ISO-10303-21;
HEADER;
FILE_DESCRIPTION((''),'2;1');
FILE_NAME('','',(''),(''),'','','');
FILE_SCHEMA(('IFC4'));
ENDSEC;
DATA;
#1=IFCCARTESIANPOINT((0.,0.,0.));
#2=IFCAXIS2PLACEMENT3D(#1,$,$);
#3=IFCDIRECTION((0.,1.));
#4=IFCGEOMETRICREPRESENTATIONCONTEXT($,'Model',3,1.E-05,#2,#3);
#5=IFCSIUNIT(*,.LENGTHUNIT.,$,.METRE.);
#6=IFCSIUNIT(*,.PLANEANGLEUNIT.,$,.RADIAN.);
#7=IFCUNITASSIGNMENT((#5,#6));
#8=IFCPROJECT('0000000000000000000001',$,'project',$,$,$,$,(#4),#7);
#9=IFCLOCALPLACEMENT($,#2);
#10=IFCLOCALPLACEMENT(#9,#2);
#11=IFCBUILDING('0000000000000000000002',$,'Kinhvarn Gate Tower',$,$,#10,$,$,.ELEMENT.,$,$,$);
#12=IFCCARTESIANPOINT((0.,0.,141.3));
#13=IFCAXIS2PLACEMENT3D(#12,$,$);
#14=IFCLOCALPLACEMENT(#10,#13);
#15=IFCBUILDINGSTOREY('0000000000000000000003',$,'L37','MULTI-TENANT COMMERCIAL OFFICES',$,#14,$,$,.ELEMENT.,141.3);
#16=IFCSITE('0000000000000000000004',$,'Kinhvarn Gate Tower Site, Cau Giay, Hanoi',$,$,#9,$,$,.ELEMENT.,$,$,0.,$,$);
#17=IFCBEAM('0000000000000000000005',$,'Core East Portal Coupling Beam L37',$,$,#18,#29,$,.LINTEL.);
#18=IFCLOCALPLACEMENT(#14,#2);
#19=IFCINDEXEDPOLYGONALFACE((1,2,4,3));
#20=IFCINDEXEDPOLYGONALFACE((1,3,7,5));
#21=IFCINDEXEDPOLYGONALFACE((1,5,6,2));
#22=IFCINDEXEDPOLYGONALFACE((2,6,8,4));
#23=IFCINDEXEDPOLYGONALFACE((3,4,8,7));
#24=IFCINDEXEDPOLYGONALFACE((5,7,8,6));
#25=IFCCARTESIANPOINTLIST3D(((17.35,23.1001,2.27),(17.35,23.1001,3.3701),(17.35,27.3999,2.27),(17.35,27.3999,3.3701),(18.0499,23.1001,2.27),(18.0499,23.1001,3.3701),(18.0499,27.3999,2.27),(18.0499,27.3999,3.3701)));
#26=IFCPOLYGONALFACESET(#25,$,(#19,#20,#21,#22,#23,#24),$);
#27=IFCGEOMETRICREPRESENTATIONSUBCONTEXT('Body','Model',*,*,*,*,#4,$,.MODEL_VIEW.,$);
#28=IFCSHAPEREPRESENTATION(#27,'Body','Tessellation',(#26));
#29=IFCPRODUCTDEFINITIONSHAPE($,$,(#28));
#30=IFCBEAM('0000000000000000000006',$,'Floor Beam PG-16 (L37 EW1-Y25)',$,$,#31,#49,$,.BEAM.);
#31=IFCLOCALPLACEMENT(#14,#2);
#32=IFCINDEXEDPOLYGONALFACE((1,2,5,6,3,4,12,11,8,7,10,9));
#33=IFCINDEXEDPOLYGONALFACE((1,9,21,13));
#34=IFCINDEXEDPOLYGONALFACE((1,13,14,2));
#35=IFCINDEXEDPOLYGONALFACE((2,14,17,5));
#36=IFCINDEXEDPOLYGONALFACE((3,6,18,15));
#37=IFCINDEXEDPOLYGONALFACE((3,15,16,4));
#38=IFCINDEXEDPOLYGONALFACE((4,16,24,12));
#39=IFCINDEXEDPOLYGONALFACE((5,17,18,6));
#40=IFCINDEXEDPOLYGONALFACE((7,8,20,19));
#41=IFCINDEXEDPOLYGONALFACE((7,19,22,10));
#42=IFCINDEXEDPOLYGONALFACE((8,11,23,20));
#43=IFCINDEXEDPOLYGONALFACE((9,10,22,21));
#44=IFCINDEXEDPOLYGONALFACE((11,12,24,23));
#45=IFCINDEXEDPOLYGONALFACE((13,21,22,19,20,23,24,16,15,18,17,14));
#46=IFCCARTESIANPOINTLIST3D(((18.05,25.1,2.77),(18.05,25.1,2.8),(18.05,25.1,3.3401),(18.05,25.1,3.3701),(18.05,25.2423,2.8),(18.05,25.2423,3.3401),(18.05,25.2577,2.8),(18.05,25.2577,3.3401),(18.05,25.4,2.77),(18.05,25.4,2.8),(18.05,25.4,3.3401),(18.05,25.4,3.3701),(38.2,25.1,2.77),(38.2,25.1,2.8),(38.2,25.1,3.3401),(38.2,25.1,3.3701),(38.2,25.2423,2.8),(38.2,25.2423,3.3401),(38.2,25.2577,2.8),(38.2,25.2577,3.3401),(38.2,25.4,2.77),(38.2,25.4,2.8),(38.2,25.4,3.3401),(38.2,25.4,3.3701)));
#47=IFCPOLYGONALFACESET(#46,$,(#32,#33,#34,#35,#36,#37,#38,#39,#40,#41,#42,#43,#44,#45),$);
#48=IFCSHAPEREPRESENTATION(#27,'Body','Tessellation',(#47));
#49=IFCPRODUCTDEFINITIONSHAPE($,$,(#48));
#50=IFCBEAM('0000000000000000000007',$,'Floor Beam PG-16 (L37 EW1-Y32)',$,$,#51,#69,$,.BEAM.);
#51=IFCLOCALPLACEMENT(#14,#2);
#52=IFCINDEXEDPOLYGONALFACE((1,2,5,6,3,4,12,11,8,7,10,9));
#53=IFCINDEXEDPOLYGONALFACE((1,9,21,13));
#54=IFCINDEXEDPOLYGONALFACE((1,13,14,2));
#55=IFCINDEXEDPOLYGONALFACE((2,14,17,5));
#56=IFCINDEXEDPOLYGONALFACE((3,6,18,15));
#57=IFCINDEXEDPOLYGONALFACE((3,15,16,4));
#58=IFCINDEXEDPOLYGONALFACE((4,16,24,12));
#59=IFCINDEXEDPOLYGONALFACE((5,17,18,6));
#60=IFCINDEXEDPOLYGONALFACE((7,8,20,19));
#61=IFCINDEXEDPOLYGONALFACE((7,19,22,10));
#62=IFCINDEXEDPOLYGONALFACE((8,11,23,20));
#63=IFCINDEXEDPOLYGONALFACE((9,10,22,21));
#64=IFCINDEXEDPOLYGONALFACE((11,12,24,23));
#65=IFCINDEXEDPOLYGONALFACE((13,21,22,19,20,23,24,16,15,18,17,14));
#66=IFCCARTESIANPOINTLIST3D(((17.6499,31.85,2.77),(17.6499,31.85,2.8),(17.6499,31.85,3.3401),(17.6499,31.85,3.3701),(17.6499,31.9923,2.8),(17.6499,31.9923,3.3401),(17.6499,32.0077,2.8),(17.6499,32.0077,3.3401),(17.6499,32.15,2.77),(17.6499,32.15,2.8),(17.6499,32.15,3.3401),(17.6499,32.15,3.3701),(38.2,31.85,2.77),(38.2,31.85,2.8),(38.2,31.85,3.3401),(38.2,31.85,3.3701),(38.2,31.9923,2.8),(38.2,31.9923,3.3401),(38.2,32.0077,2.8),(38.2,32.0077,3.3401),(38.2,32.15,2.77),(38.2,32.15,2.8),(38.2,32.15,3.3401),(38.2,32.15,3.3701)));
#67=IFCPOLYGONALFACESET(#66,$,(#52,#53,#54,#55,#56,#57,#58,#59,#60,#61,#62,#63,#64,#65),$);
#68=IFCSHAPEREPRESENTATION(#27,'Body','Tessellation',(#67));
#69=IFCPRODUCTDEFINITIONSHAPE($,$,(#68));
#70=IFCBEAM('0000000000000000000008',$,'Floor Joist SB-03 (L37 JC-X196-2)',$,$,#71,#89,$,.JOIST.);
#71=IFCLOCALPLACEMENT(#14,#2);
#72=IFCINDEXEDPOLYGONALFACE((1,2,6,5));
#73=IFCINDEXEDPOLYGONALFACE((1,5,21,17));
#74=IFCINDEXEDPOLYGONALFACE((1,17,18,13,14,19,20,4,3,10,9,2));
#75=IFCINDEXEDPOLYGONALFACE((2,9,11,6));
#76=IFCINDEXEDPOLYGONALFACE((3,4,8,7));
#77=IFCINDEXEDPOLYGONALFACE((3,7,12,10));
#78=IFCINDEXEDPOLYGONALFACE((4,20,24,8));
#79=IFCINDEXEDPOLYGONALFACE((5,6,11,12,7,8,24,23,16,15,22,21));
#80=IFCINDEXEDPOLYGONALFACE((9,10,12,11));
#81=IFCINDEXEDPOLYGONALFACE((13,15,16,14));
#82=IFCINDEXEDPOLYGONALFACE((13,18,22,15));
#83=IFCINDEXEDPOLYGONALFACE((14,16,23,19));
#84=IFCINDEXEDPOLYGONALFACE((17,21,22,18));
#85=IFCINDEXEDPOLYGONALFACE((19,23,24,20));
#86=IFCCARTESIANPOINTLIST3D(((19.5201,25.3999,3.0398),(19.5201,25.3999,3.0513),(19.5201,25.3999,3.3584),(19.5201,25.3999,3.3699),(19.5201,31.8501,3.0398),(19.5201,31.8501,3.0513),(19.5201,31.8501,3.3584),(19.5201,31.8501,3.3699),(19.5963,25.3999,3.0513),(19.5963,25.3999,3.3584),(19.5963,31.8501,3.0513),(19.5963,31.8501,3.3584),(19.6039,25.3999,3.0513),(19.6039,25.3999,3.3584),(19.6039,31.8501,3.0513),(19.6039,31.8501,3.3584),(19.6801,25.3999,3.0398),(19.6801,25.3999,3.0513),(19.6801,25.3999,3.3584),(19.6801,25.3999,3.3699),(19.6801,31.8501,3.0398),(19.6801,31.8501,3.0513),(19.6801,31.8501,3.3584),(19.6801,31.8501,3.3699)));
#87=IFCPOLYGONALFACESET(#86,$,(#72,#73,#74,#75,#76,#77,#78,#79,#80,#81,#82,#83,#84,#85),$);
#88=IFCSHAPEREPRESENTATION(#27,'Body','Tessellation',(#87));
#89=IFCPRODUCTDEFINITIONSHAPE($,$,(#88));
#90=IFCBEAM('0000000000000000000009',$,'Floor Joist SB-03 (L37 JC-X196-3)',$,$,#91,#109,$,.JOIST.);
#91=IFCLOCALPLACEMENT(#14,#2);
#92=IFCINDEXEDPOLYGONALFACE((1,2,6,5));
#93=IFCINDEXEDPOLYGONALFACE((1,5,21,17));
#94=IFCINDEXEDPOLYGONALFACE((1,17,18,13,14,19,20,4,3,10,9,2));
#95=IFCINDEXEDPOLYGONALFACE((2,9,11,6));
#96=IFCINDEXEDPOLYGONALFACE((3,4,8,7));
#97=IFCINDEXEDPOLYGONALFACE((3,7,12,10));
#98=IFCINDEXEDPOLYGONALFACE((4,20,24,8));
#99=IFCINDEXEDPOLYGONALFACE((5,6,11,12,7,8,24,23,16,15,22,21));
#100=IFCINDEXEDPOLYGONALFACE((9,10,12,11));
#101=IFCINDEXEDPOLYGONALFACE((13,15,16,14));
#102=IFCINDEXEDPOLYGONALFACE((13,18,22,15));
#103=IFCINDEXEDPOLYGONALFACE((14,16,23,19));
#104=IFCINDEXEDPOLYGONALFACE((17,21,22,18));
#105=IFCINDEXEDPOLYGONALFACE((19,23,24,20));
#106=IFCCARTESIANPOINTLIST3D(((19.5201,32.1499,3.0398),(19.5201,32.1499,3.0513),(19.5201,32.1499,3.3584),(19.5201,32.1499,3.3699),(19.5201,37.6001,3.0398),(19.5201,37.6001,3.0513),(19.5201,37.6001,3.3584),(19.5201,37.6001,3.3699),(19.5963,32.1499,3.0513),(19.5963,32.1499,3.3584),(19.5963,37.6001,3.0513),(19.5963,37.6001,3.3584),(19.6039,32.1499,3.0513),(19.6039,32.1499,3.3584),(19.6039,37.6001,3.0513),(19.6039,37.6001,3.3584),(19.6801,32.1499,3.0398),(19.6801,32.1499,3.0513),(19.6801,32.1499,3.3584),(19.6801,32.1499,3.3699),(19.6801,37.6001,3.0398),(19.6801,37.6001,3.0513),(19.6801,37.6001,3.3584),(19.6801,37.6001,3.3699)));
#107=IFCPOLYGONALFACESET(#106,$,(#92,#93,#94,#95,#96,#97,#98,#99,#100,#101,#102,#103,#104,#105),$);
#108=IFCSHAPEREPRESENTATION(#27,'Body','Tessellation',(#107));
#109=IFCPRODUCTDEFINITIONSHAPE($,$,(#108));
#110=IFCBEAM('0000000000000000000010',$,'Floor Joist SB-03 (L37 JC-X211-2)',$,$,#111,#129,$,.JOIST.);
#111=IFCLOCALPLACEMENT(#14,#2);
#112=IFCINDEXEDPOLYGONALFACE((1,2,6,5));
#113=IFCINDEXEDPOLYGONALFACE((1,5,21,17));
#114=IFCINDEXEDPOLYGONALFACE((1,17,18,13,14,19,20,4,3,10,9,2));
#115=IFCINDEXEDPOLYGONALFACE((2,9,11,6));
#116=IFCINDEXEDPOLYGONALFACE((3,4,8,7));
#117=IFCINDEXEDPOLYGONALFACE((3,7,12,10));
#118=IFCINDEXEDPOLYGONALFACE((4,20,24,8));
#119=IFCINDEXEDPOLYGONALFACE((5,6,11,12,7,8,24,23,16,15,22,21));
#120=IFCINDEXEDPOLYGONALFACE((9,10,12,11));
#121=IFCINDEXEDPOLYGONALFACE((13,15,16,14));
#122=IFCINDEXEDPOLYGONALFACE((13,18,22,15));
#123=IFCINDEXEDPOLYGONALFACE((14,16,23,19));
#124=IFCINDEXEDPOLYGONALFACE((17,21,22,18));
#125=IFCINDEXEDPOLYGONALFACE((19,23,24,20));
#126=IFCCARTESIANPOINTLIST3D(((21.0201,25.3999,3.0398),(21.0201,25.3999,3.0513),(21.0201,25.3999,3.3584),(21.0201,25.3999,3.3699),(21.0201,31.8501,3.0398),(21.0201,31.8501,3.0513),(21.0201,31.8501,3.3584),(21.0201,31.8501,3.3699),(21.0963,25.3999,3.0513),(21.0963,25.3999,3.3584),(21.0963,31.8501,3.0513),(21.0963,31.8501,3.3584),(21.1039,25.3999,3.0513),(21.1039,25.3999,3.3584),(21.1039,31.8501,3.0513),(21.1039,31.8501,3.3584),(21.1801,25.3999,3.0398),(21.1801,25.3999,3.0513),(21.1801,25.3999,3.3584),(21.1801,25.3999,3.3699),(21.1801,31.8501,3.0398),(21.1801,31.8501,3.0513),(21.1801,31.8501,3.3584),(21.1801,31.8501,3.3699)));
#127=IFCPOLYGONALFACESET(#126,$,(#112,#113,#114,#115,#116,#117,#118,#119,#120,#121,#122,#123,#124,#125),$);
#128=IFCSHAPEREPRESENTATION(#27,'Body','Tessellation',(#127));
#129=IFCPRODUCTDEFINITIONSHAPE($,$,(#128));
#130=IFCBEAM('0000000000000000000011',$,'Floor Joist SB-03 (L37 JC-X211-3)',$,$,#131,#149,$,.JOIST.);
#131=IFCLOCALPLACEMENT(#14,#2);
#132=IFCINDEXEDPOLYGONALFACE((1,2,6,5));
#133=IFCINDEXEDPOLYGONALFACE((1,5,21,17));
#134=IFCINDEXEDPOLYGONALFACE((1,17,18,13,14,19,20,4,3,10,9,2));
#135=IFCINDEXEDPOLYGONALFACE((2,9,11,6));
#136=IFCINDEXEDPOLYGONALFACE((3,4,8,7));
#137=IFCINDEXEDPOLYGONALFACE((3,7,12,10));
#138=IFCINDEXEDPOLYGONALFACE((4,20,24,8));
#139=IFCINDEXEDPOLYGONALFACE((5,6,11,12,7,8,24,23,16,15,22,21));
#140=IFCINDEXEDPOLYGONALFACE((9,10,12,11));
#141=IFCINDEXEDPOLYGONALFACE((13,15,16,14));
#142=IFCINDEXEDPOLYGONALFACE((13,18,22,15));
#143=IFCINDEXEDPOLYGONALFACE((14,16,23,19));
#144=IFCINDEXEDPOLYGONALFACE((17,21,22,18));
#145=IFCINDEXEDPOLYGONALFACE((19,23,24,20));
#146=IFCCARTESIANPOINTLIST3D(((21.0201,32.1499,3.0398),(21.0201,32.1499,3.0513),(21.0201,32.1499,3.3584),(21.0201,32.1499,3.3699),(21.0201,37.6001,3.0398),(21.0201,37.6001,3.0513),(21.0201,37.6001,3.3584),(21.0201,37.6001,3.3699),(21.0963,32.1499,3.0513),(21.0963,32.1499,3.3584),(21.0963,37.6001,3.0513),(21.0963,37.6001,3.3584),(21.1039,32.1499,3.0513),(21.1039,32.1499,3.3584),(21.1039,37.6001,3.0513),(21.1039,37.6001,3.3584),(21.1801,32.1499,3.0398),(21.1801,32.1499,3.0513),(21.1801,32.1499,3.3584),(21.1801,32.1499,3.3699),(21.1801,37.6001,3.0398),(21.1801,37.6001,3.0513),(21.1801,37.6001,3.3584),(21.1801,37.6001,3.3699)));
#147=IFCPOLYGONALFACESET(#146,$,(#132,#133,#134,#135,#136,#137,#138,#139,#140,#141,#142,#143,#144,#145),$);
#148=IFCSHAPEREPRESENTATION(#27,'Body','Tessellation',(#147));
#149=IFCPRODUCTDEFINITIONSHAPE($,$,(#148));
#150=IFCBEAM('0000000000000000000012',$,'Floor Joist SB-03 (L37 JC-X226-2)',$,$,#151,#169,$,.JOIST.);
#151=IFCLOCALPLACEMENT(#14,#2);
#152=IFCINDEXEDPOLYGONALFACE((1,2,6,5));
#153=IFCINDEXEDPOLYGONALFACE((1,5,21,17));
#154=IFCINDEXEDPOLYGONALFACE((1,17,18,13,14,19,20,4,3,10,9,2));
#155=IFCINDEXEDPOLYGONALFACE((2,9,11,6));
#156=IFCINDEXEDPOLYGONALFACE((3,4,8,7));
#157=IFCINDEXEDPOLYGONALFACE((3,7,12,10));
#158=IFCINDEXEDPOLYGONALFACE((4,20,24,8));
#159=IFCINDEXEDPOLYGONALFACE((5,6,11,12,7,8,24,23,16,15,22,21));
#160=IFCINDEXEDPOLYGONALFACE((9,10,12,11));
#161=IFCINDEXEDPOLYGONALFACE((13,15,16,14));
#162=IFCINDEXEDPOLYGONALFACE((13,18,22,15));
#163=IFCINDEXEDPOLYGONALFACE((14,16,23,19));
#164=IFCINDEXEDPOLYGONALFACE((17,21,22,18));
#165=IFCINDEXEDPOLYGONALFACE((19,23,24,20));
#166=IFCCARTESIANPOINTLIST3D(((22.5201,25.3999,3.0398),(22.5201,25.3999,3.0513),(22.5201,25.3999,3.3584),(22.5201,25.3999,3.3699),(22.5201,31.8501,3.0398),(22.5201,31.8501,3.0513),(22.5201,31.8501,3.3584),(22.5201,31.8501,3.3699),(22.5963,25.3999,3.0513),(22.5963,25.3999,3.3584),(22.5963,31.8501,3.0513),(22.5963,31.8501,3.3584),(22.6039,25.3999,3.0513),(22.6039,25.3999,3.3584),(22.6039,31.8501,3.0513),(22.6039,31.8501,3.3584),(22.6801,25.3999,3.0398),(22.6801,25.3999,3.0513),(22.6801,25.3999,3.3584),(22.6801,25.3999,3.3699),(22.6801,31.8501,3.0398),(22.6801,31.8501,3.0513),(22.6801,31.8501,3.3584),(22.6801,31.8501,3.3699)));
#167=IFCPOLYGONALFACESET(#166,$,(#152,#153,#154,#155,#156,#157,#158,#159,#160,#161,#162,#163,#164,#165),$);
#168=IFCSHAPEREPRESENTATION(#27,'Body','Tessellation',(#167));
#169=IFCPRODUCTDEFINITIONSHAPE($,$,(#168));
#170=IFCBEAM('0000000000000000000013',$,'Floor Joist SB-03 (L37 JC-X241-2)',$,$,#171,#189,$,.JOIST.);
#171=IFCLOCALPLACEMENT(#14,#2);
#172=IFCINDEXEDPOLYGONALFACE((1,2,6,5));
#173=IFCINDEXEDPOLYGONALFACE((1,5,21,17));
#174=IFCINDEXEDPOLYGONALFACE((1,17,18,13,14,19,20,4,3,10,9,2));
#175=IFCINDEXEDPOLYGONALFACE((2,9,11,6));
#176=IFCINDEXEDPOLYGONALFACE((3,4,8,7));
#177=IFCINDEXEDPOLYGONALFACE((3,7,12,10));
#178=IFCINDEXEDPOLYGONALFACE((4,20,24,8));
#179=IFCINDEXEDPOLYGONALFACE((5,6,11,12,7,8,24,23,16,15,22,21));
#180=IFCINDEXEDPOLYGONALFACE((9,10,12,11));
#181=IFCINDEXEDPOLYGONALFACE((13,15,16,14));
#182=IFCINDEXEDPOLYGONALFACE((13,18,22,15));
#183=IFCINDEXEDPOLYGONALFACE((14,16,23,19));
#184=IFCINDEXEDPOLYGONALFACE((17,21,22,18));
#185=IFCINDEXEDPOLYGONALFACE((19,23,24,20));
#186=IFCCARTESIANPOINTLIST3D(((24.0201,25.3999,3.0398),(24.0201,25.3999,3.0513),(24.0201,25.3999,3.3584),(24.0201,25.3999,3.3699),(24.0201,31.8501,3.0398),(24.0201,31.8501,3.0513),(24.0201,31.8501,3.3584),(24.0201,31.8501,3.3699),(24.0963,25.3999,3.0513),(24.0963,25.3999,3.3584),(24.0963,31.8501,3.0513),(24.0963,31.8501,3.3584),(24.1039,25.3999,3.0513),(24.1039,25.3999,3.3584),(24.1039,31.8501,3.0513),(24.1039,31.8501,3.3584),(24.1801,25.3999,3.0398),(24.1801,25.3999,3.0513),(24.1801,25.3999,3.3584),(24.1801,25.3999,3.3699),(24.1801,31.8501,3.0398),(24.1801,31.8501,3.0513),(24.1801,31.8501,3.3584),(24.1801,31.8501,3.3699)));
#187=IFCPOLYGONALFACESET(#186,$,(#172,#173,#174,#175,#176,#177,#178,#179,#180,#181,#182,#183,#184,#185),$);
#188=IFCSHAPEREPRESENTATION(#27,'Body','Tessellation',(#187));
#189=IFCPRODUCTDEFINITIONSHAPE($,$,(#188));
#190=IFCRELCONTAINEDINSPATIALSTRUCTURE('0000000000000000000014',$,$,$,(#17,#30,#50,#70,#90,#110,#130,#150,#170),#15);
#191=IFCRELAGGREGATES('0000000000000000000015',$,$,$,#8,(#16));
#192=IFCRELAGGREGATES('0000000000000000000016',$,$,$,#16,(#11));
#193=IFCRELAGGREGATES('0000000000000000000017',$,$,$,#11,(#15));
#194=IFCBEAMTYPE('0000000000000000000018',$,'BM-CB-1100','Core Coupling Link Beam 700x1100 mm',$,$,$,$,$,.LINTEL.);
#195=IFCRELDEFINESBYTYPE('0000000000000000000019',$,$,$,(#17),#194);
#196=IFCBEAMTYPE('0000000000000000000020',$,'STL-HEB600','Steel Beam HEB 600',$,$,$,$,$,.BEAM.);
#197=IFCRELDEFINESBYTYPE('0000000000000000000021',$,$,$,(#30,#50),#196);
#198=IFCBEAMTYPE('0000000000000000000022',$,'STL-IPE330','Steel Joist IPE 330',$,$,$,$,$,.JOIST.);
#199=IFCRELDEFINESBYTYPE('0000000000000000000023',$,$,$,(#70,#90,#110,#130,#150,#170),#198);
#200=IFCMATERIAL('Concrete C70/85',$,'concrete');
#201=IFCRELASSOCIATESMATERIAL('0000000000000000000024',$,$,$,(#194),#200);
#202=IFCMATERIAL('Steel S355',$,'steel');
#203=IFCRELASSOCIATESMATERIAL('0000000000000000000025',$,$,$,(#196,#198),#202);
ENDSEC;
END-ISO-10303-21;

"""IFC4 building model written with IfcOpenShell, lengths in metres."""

from ifc_helpers import new_model, si_unit, direction, frame, origin, origin_2d, place, context, subcontext, project, spatial, rectangle, i_section, extrude, material, material_profile, profile_set, type_object, element, save


model = new_model("IFC4")

# Units and contexts
model_context = context("Model", 3, precision=1e-05, world=origin(), true_north=direction((0.0, 1.0)))
body_context = subcontext(model_context, "Body", "Model", "MODEL_VIEW")
ifc_project = project(units=[si_unit("LENGTHUNIT", "METRE"), si_unit("PLANEANGLEUNIT", "RADIAN")], contexts=[model_context])

# Site, building, storey
site_placement = place(None, origin())
site = spatial("IfcSite", under=ifc_project, at=site_placement, Name="Kinhvarn Gate Tower Site, Cau Giay, Hanoi", CompositionType="ELEMENT", RefElevation=0.0)
building_placement = place(site_placement, origin())
building = spatial("IfcBuilding", under=site, at=building_placement, Name="Kinhvarn Gate Tower", CompositionType="ELEMENT")
storey_placement = place(building_placement, frame((0.0, 0.0, 141.3)))
storey = spatial("IfcBuildingStorey", under=building, at=storey_placement, Name="L37", Description="MULTI-TENANT COMMERCIAL OFFICES", CompositionType="ELEMENT", Elevation=141.3)

# Beams
ifc_material_1 = material(Name="Concrete C70/85", Category="concrete")
ifc_material_profile_1 = material_profile(ifc_material_1, rectangle(XDim=0.7, YDim=1.1001, at=origin_2d()), Name="RC 700x1100")
ifc_profile_set_1 = profile_set([ifc_material_profile_1], Name="Concrete C70/85")
beam_type_1 = type_object("IfcBeamType", Name="BM-CB-1100", Description="Core Coupling Link Beam 700x1100 mm", PredefinedType="LINTEL", material=ifc_profile_set_1)
beam_1_placement = place(storey_placement, frame((17.7, 23.1001, 2.8201), z_axis=(0.0, 1.0, 0.0), x_axis=(-1.0, 0.0, 0.0)))
element("IfcBeam", 1, at=beam_1_placement, inside=storey, type_object=beam_type_1, Name="Core East Portal Coupling Beam L37", PredefinedType="LINTEL", context=body_context, shape_type="SweptSolid", body=[
    extrude(rectangle(XDim=0.7, YDim=1.1001, at=origin_2d()), origin(), (0.0, 0.0, 1.0), 4.2998),
])
ifc_material_2 = material(Name="Steel S355", Category="steel")
ifc_material_profile_2 = material_profile(ifc_material_2, i_section(OverallWidth=0.3, OverallDepth=0.6001, WebThickness=0.0154, FlangeThickness=0.03, at=origin_2d()), Name="HEB 600")
ifc_profile_set_2 = profile_set([ifc_material_profile_2], Name="Steel S355")
beam_type_2 = type_object("IfcBeamType", Name="STL-HEB600", Description="Steel Beam HEB 600", PredefinedType="BEAM", material=ifc_profile_set_2)
beam_2_placement = place(storey_placement, frame((18.05, 25.25, 3.0701), z_axis=(1.0, 0.0, 0.0), x_axis=(0.0, 1.0, 0.0)))
element("IfcBeam", 2, at=beam_2_placement, inside=storey, type_object=beam_type_2, Name="Floor Beam PG-16 (L37 EW1-Y25)", PredefinedType="BEAM", context=body_context, shape_type="SweptSolid", body=[
    extrude(i_section(OverallWidth=0.3, OverallDepth=0.6001, WebThickness=0.0154, FlangeThickness=0.03, at=origin_2d()), origin(), (0.0, 0.0, 1.0), 20.1499),
])
beam_3_placement = place(storey_placement, frame((17.6499, 32.0, 3.0701), z_axis=(1.0, 0.0, 0.0), x_axis=(0.0, 1.0, 0.0)))
element("IfcBeam", 3, at=beam_3_placement, inside=storey, type_object=beam_type_2, Name="Floor Beam PG-16 (L37 EW1-Y32)", PredefinedType="BEAM", context=body_context, shape_type="SweptSolid", body=[
    extrude(i_section(OverallWidth=0.3, OverallDepth=0.6001, WebThickness=0.0154, FlangeThickness=0.03, at=origin_2d()), origin(), (0.0, 0.0, 1.0), 20.55),
])
ifc_material_profile_3 = material_profile(ifc_material_2, i_section(OverallWidth=0.1599, OverallDepth=0.3301, WebThickness=0.0076, FlangeThickness=0.0115, at=origin_2d()), Name="IPE 330")
ifc_profile_set_3 = profile_set([ifc_material_profile_3], Name="Steel S355")
beam_type_3 = type_object("IfcBeamType", Name="STL-IPE330", Description="Steel Joist IPE 330", PredefinedType="JOIST", material=ifc_profile_set_3)
beam_4_placement = place(storey_placement, frame((19.6001, 25.3999, 3.2048), z_axis=(0.0, 1.0, 0.0), x_axis=(-1.0, 0.0, 0.0)))
element("IfcBeam", 4, at=beam_4_placement, inside=storey, type_object=beam_type_3, Name="Floor Joist SB-03 (L37 JC-X196-2)", PredefinedType="JOIST", context=body_context, shape_type="SweptSolid", body=[
    extrude(i_section(OverallWidth=0.1599, OverallDepth=0.3301, WebThickness=0.0076, FlangeThickness=0.0115, at=origin_2d()), origin(), (0.0, 0.0, 1.0), 6.4502),
])
beam_5_placement = place(storey_placement, frame((19.6001, 32.1499, 3.2048), z_axis=(0.0, 1.0, 0.0), x_axis=(-1.0, 0.0, 0.0)))
element("IfcBeam", 5, at=beam_5_placement, inside=storey, type_object=beam_type_3, Name="Floor Joist SB-03 (L37 JC-X196-3)", PredefinedType="JOIST", context=body_context, shape_type="SweptSolid", body=[
    extrude(i_section(OverallWidth=0.1599, OverallDepth=0.3301, WebThickness=0.0076, FlangeThickness=0.0115, at=origin_2d()), origin(), (0.0, 0.0, 1.0), 5.4502),
])
beam_6_placement = place(storey_placement, frame((21.1001, 25.3999, 3.2048), z_axis=(0.0, 1.0, 0.0), x_axis=(-1.0, 0.0, 0.0)))
element("IfcBeam", 6, at=beam_6_placement, inside=storey, type_object=beam_type_3, Name="Floor Joist SB-03 (L37 JC-X211-2)", PredefinedType="JOIST", context=body_context, shape_type="SweptSolid", body=[
    extrude(i_section(OverallWidth=0.1599, OverallDepth=0.3301, WebThickness=0.0076, FlangeThickness=0.0115, at=origin_2d()), origin(), (0.0, 0.0, 1.0), 6.4502),
])
beam_7_placement = place(storey_placement, frame((21.1001, 32.1499, 3.2048), z_axis=(0.0, 1.0, 0.0), x_axis=(-1.0, 0.0, 0.0)))
element("IfcBeam", 7, at=beam_7_placement, inside=storey, type_object=beam_type_3, Name="Floor Joist SB-03 (L37 JC-X211-3)", PredefinedType="JOIST", context=body_context, shape_type="SweptSolid", body=[
    extrude(i_section(OverallWidth=0.1599, OverallDepth=0.3301, WebThickness=0.0076, FlangeThickness=0.0115, at=origin_2d()), origin(), (0.0, 0.0, 1.0), 5.4502),
])
for number, where, z_axis, x_axis, name in (
    (8, (22.6001, 25.3999, 3.2048), (0.0, 1.0, 0.0), (-1.0, 0.0, 0.0), "Floor Joist SB-03 (L37 JC-X226-2)"),
    (9, (24.1001, 25.3999, 3.2048), (0.0, 1.0, 0.0), (-1.0, 0.0, 0.0), "Floor Joist SB-03 (L37 JC-X241-2)"),
):
    element("IfcBeam", number, at=place(storey_placement, frame(where, z_axis=z_axis, x_axis=x_axis)), inside=storey, type_object=beam_type_3, Name=name, PredefinedType="JOIST", context=body_context, shape_type="SweptSolid", body=[
        extrude(i_section(OverallWidth=0.1599, OverallDepth=0.3301, WebThickness=0.0076, FlangeThickness=0.0115, at=origin_2d()), origin(), (0.0, 0.0, 1.0), 6.4502),
    ])

save(model, "model.ifc")
